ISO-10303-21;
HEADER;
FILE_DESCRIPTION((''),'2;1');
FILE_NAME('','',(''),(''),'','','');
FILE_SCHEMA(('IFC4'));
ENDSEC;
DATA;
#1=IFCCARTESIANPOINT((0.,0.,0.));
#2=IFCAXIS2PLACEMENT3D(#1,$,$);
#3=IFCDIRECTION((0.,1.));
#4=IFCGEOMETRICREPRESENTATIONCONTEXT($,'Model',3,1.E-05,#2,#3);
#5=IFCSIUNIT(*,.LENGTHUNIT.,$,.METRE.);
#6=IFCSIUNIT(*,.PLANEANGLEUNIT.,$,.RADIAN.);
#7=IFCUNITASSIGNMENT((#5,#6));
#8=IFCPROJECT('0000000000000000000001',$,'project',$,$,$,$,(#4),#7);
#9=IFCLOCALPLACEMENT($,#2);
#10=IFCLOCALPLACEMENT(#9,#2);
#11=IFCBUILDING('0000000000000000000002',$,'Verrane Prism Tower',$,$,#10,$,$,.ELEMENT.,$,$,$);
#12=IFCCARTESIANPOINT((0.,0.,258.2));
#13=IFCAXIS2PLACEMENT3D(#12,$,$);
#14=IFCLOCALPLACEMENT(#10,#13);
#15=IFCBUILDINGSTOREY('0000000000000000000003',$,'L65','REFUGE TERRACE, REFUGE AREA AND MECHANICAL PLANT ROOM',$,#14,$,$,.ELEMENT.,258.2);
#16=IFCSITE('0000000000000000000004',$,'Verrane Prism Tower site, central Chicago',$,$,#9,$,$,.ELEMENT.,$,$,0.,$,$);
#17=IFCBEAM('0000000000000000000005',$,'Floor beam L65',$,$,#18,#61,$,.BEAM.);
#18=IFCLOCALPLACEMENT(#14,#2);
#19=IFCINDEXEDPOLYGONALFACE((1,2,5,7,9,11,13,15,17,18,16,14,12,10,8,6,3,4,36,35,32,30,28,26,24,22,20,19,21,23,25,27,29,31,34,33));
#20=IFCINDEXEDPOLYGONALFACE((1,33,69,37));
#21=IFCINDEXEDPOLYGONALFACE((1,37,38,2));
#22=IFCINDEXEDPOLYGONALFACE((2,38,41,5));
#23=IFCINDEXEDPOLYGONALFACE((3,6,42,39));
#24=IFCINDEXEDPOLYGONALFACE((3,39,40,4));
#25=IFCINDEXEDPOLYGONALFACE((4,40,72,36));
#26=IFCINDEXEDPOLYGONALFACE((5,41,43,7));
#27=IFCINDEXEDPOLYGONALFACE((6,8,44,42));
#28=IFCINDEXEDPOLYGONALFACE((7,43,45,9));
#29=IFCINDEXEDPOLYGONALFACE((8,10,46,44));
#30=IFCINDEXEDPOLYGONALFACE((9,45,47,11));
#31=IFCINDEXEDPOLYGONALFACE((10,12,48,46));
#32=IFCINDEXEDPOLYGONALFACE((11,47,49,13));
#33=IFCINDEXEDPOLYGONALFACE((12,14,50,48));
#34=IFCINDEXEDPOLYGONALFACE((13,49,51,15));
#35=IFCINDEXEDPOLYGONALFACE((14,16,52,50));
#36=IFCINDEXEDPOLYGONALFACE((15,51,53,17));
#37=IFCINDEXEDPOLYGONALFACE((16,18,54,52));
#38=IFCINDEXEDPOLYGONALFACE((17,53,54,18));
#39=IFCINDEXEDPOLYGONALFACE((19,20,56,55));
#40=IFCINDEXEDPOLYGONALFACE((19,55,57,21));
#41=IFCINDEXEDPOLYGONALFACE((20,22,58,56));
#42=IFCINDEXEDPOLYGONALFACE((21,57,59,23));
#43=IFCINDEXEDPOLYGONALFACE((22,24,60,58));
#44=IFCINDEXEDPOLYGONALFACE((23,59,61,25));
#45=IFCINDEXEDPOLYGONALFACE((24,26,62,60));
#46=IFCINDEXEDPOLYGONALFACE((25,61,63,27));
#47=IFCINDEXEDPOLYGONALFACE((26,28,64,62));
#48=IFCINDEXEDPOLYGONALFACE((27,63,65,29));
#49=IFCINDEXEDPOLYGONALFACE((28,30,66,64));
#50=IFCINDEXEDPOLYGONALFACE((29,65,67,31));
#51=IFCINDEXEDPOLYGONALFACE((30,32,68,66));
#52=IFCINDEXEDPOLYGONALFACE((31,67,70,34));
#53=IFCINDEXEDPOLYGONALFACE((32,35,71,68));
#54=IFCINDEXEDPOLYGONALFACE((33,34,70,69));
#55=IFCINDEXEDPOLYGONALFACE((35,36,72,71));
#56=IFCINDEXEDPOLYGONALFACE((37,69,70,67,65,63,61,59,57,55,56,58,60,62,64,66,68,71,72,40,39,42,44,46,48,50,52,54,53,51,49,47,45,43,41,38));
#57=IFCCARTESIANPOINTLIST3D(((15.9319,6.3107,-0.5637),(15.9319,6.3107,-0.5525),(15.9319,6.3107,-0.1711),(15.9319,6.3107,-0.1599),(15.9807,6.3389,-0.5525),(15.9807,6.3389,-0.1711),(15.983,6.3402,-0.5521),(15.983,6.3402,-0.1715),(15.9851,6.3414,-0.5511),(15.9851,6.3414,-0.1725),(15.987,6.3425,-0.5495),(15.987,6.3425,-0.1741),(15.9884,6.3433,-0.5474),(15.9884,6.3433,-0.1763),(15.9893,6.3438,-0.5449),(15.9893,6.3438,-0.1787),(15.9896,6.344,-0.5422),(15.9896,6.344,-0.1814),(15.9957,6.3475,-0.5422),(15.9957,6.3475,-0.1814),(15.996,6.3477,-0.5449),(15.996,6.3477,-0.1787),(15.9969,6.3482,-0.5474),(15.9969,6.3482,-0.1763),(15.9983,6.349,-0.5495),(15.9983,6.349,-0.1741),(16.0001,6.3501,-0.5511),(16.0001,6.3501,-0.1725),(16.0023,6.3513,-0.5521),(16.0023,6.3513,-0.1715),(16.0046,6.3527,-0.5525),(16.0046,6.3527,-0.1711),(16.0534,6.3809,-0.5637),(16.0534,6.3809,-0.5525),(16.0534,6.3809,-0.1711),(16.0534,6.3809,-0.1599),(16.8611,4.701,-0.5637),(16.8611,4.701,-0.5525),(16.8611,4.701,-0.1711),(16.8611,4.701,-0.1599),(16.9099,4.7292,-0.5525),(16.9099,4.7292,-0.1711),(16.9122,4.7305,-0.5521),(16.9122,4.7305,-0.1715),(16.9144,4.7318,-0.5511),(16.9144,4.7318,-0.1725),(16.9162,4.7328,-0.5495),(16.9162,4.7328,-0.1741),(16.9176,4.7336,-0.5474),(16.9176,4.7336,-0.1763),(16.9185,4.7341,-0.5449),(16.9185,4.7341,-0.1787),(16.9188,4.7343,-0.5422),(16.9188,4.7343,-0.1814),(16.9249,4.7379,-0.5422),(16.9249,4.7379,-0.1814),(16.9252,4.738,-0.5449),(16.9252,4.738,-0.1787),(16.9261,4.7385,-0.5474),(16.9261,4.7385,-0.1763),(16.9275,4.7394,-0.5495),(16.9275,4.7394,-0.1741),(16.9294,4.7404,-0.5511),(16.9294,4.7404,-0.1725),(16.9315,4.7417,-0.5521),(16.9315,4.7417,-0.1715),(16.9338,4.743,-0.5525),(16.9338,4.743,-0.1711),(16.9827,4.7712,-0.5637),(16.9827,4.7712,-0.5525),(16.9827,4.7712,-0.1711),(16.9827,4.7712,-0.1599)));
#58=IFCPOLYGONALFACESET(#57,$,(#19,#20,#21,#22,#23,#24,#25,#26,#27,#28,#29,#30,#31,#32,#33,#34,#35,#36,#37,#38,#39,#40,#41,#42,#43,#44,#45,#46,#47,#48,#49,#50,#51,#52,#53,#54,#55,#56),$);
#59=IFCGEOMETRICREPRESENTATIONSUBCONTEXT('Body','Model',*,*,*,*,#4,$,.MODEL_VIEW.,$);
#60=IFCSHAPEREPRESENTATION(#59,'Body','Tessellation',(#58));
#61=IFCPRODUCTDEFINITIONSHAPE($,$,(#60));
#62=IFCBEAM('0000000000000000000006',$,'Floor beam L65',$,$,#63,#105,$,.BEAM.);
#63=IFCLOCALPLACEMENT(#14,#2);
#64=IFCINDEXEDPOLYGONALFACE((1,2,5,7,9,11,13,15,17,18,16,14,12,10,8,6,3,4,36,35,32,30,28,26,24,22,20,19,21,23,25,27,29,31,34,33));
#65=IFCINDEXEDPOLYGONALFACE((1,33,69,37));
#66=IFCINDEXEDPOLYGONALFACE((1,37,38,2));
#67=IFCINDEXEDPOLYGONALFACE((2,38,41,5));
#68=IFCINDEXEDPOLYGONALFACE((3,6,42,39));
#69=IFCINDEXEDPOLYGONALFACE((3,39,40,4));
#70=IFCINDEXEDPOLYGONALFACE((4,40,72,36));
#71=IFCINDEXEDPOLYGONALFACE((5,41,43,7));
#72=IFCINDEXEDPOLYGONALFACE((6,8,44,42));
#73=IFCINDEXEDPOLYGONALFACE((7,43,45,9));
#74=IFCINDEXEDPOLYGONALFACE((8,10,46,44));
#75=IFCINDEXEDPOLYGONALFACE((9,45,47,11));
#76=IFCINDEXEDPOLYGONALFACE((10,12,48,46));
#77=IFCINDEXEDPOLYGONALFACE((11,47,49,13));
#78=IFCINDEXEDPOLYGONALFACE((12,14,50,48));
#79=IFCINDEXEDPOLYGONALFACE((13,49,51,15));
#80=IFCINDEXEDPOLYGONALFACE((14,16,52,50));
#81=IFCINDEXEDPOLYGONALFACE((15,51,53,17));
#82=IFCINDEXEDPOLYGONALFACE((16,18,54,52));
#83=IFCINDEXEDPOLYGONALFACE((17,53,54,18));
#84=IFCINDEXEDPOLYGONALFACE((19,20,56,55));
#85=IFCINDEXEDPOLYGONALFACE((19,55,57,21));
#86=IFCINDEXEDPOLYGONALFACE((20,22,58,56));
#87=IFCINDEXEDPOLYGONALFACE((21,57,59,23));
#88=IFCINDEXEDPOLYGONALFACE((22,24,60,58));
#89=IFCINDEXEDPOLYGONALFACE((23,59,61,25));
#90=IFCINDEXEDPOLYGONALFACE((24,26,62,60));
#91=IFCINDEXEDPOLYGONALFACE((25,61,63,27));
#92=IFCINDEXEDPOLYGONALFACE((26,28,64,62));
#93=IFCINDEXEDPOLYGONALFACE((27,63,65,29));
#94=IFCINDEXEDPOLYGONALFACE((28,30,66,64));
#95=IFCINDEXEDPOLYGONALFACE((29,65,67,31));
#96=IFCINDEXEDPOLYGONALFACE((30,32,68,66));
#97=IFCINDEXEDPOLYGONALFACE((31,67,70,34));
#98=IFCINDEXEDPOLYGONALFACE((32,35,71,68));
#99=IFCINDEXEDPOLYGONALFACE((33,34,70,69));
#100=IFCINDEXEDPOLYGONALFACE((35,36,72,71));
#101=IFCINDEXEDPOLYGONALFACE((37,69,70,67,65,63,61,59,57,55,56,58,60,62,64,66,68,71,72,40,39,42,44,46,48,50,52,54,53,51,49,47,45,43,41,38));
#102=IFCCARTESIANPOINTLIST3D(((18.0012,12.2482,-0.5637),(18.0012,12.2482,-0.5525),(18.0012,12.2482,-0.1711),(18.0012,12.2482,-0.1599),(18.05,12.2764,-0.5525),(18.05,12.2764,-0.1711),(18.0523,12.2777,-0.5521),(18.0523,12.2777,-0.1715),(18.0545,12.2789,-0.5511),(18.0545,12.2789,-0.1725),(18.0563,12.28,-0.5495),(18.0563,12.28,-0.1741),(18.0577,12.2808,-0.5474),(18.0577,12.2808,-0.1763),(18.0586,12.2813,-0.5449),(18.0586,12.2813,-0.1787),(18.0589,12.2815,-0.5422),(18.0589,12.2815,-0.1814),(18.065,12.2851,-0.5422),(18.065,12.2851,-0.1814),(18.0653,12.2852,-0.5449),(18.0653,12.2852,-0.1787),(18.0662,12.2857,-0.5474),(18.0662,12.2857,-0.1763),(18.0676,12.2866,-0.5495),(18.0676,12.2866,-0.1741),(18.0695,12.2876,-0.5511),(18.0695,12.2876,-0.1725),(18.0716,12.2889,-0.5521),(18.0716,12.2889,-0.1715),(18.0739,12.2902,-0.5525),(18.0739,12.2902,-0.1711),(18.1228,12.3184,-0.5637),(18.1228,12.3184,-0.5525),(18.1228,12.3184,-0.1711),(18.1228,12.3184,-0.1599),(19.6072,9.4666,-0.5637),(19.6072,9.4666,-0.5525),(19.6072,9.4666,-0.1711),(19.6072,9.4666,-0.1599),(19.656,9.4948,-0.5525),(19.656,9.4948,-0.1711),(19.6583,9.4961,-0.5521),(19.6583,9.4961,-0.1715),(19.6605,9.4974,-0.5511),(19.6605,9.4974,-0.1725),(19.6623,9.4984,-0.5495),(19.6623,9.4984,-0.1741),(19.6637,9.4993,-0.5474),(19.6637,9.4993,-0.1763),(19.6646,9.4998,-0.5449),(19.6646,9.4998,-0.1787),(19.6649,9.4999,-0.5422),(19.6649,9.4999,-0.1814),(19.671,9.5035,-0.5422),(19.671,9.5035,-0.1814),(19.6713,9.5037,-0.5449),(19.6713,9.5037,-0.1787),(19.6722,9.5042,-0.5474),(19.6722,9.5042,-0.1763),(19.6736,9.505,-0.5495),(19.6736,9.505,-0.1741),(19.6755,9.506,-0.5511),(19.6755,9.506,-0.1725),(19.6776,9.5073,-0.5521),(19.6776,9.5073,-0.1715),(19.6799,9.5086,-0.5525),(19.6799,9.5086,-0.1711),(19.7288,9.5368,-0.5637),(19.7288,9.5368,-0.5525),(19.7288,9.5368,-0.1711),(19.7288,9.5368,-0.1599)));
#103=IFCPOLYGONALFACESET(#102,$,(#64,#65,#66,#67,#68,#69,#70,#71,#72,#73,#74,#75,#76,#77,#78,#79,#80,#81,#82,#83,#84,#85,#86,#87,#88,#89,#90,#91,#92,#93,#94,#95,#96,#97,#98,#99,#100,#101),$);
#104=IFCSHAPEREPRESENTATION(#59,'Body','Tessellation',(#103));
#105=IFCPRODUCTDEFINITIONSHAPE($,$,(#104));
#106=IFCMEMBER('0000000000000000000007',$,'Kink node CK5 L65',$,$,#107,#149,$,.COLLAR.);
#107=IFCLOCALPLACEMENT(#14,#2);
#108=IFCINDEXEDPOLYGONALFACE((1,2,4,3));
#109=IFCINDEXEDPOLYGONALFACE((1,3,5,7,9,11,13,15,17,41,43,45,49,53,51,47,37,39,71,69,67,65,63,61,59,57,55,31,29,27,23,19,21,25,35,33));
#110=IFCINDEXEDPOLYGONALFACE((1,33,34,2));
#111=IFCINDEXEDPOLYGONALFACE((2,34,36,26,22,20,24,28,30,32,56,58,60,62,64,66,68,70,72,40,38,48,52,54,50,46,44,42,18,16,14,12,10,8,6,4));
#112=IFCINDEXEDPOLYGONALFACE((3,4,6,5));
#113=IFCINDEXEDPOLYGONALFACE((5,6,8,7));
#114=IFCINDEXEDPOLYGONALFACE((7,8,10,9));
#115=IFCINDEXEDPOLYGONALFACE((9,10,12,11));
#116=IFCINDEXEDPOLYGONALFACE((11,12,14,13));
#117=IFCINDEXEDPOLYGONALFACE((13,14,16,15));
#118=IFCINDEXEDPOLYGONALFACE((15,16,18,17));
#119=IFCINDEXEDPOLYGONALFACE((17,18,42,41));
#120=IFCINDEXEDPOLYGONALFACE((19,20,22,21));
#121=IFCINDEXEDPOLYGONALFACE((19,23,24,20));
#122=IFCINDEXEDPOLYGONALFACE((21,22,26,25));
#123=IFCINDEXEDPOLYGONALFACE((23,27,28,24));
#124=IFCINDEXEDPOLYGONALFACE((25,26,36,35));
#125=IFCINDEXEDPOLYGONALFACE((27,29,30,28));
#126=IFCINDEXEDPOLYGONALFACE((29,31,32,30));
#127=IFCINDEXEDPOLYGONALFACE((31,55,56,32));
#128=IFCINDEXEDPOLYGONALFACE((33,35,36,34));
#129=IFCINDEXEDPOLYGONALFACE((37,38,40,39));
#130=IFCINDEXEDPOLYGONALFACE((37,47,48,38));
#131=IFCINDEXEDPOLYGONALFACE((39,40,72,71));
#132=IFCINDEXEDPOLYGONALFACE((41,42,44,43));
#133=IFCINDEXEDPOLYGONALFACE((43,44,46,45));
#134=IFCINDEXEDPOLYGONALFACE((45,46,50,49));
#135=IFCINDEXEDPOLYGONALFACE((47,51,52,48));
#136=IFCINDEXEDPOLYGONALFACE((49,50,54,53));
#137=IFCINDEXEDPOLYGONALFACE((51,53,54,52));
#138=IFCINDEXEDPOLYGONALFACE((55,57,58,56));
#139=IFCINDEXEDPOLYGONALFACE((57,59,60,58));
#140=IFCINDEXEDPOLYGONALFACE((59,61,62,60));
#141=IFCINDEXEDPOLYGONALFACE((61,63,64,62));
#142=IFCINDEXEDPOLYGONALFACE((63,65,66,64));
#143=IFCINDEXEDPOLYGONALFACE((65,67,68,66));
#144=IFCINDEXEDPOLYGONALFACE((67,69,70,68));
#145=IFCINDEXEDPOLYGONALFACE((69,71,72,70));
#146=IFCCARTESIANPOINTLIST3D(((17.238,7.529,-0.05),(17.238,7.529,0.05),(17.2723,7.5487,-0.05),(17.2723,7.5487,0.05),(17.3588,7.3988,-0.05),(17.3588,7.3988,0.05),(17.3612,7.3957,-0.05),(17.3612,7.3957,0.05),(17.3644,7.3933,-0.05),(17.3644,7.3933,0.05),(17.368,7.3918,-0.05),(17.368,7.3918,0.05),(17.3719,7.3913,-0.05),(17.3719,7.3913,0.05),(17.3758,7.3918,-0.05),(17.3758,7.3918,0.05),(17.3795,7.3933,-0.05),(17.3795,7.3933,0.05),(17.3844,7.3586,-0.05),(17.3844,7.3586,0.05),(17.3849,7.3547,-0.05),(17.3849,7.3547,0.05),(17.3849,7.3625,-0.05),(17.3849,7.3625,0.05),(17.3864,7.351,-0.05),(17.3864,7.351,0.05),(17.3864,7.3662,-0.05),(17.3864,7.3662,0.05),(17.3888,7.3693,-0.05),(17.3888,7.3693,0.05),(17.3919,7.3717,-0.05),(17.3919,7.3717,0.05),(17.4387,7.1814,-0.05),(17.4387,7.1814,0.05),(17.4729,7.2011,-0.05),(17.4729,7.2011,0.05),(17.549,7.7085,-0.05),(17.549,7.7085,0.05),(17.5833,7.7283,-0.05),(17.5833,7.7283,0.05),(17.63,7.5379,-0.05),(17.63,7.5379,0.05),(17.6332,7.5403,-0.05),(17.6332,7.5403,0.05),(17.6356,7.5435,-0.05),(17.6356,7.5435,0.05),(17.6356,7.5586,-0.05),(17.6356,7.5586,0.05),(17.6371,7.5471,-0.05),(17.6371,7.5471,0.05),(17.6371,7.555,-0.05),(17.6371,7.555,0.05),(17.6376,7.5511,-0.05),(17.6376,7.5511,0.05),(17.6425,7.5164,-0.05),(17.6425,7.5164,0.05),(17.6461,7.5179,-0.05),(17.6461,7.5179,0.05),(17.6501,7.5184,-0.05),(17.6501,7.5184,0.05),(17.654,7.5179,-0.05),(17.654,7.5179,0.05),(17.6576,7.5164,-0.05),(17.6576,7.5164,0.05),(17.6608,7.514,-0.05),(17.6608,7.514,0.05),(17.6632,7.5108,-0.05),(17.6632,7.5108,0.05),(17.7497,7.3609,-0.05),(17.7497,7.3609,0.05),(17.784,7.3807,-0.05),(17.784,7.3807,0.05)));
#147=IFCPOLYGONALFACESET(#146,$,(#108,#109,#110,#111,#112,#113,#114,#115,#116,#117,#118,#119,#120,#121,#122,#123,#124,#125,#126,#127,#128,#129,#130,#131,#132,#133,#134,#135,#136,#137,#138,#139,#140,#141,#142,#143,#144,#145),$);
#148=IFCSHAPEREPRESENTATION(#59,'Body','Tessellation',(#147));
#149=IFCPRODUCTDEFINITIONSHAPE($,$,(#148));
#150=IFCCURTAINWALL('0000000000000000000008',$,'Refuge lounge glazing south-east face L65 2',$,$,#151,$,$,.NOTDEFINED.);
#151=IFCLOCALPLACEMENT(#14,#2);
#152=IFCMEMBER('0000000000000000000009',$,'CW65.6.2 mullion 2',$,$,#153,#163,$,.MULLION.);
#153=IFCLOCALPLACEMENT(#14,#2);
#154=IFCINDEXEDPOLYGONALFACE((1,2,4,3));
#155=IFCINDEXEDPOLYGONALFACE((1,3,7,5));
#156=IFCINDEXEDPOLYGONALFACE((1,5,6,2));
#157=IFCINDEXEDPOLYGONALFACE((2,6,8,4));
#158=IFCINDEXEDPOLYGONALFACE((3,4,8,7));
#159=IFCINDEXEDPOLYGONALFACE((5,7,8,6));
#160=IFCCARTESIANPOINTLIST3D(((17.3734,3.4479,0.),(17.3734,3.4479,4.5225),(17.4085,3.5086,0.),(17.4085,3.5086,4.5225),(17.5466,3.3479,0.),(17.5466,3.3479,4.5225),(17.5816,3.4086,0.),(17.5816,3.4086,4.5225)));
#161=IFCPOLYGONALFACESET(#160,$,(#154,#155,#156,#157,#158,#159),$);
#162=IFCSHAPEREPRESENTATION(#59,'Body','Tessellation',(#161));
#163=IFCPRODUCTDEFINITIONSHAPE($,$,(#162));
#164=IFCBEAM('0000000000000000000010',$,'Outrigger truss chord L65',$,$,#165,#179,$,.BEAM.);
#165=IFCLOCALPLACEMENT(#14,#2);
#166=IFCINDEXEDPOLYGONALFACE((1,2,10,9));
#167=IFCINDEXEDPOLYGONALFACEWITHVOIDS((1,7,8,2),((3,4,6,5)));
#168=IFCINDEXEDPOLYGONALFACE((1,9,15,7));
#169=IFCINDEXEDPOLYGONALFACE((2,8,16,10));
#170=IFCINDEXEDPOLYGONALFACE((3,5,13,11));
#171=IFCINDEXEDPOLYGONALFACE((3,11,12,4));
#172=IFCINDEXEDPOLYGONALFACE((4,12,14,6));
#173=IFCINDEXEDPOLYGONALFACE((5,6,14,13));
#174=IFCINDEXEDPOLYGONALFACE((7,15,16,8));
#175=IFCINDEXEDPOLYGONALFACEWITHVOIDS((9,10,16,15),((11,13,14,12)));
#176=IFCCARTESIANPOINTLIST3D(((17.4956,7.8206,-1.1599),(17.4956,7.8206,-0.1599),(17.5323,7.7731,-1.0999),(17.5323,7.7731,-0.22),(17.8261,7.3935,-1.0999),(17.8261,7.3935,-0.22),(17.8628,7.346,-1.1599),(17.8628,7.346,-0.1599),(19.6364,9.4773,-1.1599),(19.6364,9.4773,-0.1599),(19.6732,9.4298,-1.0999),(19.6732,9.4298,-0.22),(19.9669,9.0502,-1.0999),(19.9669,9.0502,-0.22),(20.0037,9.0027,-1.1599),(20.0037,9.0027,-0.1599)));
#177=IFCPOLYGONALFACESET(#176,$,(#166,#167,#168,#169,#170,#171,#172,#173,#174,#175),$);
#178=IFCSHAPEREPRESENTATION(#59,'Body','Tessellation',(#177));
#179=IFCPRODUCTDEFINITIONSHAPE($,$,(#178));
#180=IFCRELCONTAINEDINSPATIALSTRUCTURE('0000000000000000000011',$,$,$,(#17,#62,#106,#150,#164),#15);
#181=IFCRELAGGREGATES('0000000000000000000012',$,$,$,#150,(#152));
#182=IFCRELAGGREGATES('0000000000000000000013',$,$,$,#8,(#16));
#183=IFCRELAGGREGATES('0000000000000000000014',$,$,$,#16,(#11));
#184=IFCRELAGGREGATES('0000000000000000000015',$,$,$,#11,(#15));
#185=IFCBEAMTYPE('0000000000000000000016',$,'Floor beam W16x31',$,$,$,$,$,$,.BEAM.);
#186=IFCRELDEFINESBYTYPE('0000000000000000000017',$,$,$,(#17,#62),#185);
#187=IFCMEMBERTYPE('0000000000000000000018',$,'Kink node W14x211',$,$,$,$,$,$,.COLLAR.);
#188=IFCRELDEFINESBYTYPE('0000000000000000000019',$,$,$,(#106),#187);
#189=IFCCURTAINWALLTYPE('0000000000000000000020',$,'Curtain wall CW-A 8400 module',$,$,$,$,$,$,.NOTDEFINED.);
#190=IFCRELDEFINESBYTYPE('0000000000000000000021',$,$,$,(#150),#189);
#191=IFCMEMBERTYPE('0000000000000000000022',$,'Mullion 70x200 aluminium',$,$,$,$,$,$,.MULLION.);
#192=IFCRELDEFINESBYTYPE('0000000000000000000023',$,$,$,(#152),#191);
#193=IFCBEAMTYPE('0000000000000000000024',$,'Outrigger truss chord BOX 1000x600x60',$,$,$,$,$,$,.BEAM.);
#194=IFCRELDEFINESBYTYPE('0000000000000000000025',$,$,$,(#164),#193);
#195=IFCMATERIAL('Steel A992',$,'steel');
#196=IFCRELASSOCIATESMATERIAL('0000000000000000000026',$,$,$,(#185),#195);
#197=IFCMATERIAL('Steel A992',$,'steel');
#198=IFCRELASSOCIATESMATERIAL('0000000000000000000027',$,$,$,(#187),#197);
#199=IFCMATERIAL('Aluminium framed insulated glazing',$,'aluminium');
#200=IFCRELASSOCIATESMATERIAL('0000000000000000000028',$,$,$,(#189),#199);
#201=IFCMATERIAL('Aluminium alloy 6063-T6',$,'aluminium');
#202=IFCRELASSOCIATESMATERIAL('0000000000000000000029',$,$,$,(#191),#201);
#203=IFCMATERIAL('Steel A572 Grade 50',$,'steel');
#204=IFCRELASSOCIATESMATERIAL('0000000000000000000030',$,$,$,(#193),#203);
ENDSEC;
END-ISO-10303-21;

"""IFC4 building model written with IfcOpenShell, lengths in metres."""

from ifc_helpers import new_model, si_unit, direction, frame, origin, origin_2d, place, context, subcontext, project, spatial, rectangle, hollow_rectangle, i_section, extrude, material, material_profile, profile_set, type_object, element, aggregate, save


model = new_model("IFC4")

# Units and contexts
model_context = context("Model", 3, precision=1e-05, world=origin(), true_north=direction((0.0, 1.0)))
body_context = subcontext(model_context, "Body", "Model", "MODEL_VIEW")
ifc_project = project(units=[si_unit("LENGTHUNIT", "METRE"), si_unit("PLANEANGLEUNIT", "RADIAN")], contexts=[model_context])

# Site, building, storey
site_placement = place(None, origin())
site = spatial("IfcSite", under=ifc_project, at=site_placement, Name="Verrane Prism Tower site, central Chicago", CompositionType="ELEMENT", RefElevation=0.0)
building_placement = place(site_placement, origin())
building = spatial("IfcBuilding", under=site, at=building_placement, Name="Verrane Prism Tower", CompositionType="ELEMENT")
storey_placement = place(building_placement, frame((0.0, 0.0, 258.2)))
storey = spatial("IfcBuildingStorey", under=building, at=storey_placement, Name="L65", Description="REFUGE TERRACE, REFUGE AREA AND MECHANICAL PLANT ROOM", CompositionType="ELEMENT", Elevation=258.2)

# Beams
ifc_material_1 = material(Name="Steel A992", Category="steel")
ifc_material_profile_1 = material_profile(ifc_material_1, i_section(OverallWidth=0.1404, OverallDepth=0.4038, WebThickness=0.0071, FlangeThickness=0.0112, FilletRadius=0.0103, at=origin_2d()), Name="W16x31")
ifc_profile_set_1 = profile_set([ifc_material_profile_1], Name="Steel A992")
beam_type_1 = type_object("IfcBeamType", Name="Floor beam W16x31", PredefinedType="BEAM", material=ifc_profile_set_1)
beam_1_placement = place(storey_placement, frame((16.9219, 4.7361, -0.3618), z_axis=(-0.499954, 0.866052, 0.0), x_axis=(-0.866052, -0.499954, 0.0)))
element("IfcBeam", 1, at=beam_1_placement, inside=storey, type_object=beam_type_1, Name="Floor beam L65", PredefinedType="BEAM", context=body_context, shape_type="SweptSolid", body=[
    extrude(i_section(OverallWidth=0.1404, OverallDepth=0.4038, WebThickness=0.0071, FlangeThickness=0.0112, FilletRadius=0.0103, at=origin_2d()), origin(), (0.0, 0.0, 1.0), 1.8586),
])
beam_2_placement = place(storey_placement, frame((19.668, 9.5017, -0.3618), z_axis=(-0.500014, 0.866017, 0.0), x_axis=(-0.866017, -0.500014, 0.0)))
element("IfcBeam", 2, at=beam_2_placement, inside=storey, type_object=beam_type_1, Name="Floor beam L65", PredefinedType="BEAM", context=body_context, shape_type="SweptSolid", body=[
    extrude(i_section(OverallWidth=0.1404, OverallDepth=0.4038, WebThickness=0.0071, FlangeThickness=0.0112, FilletRadius=0.0103, at=origin_2d()), origin(), (0.0, 0.0, 1.0), 3.2119),
])

# Member
ifc_material_2 = material(Name="Steel A992", Category="steel")
ifc_material_profile_2 = material_profile(ifc_material_2, i_section(OverallWidth=0.4014, OverallDepth=0.3987, WebThickness=0.0249, FlangeThickness=0.0396, FilletRadius=0.0151, at=origin_2d()), Name="W14x211")
ifc_profile_set_2 = profile_set([ifc_material_profile_2], Name="Steel A992")
member_type_1 = type_object("IfcMemberType", Name="Kink node W14x211", PredefinedType="COLLAR", material=ifc_profile_set_2)
member_1_placement = place(storey_placement, frame((17.511, 7.4548, -0.05), z_axis=(0.0, 0.0, 1.0), x_axis=(0.5, -0.866025, 0.0)))
element("IfcMember", 3, at=member_1_placement, inside=storey, type_object=member_type_1, Name="Kink node CK5 L65", PredefinedType="COLLAR", context=body_context, shape_type="SweptSolid", body=[
    extrude(i_section(OverallWidth=0.4014, OverallDepth=0.3987, WebThickness=0.0249, FlangeThickness=0.0396, FilletRadius=0.0151, at=origin_2d()), origin(), (0.0, 0.0, 1.0), 0.1001),
])

# Curtain wall, member
ifc_material_3 = material(Name="Aluminium framed insulated glazing", Category="aluminium")
curtain_wall_type = type_object("IfcCurtainWallType", Name="Curtain wall CW-A 8400 module", PredefinedType="NOTDEFINED", material=ifc_material_3)
curtain_wall_placement = place(storey_placement, origin())
curtain_wall = element("IfcCurtainWall", 4, at=curtain_wall_placement, inside=storey, type_object=curtain_wall_type, Name="Refuge lounge glazing south-east face L65 2", PredefinedType="NOTDEFINED")
ifc_material_4 = material(Name="Aluminium alloy 6063-T6", Category="aluminium")
ifc_material_profile_3 = material_profile(ifc_material_4, rectangle(XDim=0.2, YDim=0.0701, at=origin_2d()), Name="Mullion 70x200 aluminium")
ifc_profile_set_3 = profile_set([ifc_material_profile_3], Name="Aluminium alloy 6063-T6")
member_type_2 = type_object("IfcMemberType", Name="Mullion 70x200 aluminium", PredefinedType="MULLION", material=ifc_profile_set_3)
member_2_placement = place(storey_placement, frame((17.4775, 3.4282, 0.0), z_axis=(0.0, 0.0, 1.0), x_axis=(-0.866026, 0.499998, 0.0)))
member_2 = element("IfcMember", 5, at=member_2_placement, type_object=member_type_2, Name="CW65.6.2 mullion 2", PredefinedType="MULLION", context=body_context, shape_type="SweptSolid", body=[
    extrude(rectangle(XDim=0.2, YDim=0.0701, at=origin_2d()), origin(), (0.0, 0.0, 1.0), 4.5225),
])

# Beam
ifc_material_5 = material(Name="Steel A572 Grade 50", Category="steel")
ifc_material_profile_4 = material_profile(ifc_material_5, hollow_rectangle(XDim=0.6001, YDim=1.0, WallThickness=0.0601, at=origin_2d()), Name="BOX 1000x600x60")
ifc_profile_set_4 = profile_set([ifc_material_profile_4], Name="Steel A572 Grade 50")
beam_type_2 = type_object("IfcBeamType", Name="Outrigger truss chord BOX 1000x600x60", PredefinedType="BEAM", material=ifc_profile_set_4)
beam_3_placement = place(storey_placement, frame((19.8201, 9.24, -0.6599), z_axis=(-0.79085, -0.612009, 0.0), x_axis=(0.612009, -0.79085, 0.0)))
element("IfcBeam", 6, at=beam_3_placement, inside=storey, type_object=beam_type_2, Name="Outrigger truss chord L65", PredefinedType="BEAM", context=body_context, shape_type="SweptSolid", body=[
    extrude(hollow_rectangle(XDim=0.6001, YDim=1.0, WallThickness=0.0601, at=origin_2d()), origin(), (0.0, 0.0, 1.0), 2.707),
])

aggregate(curtain_wall, [member_2])

save(model, "model.ifc")
